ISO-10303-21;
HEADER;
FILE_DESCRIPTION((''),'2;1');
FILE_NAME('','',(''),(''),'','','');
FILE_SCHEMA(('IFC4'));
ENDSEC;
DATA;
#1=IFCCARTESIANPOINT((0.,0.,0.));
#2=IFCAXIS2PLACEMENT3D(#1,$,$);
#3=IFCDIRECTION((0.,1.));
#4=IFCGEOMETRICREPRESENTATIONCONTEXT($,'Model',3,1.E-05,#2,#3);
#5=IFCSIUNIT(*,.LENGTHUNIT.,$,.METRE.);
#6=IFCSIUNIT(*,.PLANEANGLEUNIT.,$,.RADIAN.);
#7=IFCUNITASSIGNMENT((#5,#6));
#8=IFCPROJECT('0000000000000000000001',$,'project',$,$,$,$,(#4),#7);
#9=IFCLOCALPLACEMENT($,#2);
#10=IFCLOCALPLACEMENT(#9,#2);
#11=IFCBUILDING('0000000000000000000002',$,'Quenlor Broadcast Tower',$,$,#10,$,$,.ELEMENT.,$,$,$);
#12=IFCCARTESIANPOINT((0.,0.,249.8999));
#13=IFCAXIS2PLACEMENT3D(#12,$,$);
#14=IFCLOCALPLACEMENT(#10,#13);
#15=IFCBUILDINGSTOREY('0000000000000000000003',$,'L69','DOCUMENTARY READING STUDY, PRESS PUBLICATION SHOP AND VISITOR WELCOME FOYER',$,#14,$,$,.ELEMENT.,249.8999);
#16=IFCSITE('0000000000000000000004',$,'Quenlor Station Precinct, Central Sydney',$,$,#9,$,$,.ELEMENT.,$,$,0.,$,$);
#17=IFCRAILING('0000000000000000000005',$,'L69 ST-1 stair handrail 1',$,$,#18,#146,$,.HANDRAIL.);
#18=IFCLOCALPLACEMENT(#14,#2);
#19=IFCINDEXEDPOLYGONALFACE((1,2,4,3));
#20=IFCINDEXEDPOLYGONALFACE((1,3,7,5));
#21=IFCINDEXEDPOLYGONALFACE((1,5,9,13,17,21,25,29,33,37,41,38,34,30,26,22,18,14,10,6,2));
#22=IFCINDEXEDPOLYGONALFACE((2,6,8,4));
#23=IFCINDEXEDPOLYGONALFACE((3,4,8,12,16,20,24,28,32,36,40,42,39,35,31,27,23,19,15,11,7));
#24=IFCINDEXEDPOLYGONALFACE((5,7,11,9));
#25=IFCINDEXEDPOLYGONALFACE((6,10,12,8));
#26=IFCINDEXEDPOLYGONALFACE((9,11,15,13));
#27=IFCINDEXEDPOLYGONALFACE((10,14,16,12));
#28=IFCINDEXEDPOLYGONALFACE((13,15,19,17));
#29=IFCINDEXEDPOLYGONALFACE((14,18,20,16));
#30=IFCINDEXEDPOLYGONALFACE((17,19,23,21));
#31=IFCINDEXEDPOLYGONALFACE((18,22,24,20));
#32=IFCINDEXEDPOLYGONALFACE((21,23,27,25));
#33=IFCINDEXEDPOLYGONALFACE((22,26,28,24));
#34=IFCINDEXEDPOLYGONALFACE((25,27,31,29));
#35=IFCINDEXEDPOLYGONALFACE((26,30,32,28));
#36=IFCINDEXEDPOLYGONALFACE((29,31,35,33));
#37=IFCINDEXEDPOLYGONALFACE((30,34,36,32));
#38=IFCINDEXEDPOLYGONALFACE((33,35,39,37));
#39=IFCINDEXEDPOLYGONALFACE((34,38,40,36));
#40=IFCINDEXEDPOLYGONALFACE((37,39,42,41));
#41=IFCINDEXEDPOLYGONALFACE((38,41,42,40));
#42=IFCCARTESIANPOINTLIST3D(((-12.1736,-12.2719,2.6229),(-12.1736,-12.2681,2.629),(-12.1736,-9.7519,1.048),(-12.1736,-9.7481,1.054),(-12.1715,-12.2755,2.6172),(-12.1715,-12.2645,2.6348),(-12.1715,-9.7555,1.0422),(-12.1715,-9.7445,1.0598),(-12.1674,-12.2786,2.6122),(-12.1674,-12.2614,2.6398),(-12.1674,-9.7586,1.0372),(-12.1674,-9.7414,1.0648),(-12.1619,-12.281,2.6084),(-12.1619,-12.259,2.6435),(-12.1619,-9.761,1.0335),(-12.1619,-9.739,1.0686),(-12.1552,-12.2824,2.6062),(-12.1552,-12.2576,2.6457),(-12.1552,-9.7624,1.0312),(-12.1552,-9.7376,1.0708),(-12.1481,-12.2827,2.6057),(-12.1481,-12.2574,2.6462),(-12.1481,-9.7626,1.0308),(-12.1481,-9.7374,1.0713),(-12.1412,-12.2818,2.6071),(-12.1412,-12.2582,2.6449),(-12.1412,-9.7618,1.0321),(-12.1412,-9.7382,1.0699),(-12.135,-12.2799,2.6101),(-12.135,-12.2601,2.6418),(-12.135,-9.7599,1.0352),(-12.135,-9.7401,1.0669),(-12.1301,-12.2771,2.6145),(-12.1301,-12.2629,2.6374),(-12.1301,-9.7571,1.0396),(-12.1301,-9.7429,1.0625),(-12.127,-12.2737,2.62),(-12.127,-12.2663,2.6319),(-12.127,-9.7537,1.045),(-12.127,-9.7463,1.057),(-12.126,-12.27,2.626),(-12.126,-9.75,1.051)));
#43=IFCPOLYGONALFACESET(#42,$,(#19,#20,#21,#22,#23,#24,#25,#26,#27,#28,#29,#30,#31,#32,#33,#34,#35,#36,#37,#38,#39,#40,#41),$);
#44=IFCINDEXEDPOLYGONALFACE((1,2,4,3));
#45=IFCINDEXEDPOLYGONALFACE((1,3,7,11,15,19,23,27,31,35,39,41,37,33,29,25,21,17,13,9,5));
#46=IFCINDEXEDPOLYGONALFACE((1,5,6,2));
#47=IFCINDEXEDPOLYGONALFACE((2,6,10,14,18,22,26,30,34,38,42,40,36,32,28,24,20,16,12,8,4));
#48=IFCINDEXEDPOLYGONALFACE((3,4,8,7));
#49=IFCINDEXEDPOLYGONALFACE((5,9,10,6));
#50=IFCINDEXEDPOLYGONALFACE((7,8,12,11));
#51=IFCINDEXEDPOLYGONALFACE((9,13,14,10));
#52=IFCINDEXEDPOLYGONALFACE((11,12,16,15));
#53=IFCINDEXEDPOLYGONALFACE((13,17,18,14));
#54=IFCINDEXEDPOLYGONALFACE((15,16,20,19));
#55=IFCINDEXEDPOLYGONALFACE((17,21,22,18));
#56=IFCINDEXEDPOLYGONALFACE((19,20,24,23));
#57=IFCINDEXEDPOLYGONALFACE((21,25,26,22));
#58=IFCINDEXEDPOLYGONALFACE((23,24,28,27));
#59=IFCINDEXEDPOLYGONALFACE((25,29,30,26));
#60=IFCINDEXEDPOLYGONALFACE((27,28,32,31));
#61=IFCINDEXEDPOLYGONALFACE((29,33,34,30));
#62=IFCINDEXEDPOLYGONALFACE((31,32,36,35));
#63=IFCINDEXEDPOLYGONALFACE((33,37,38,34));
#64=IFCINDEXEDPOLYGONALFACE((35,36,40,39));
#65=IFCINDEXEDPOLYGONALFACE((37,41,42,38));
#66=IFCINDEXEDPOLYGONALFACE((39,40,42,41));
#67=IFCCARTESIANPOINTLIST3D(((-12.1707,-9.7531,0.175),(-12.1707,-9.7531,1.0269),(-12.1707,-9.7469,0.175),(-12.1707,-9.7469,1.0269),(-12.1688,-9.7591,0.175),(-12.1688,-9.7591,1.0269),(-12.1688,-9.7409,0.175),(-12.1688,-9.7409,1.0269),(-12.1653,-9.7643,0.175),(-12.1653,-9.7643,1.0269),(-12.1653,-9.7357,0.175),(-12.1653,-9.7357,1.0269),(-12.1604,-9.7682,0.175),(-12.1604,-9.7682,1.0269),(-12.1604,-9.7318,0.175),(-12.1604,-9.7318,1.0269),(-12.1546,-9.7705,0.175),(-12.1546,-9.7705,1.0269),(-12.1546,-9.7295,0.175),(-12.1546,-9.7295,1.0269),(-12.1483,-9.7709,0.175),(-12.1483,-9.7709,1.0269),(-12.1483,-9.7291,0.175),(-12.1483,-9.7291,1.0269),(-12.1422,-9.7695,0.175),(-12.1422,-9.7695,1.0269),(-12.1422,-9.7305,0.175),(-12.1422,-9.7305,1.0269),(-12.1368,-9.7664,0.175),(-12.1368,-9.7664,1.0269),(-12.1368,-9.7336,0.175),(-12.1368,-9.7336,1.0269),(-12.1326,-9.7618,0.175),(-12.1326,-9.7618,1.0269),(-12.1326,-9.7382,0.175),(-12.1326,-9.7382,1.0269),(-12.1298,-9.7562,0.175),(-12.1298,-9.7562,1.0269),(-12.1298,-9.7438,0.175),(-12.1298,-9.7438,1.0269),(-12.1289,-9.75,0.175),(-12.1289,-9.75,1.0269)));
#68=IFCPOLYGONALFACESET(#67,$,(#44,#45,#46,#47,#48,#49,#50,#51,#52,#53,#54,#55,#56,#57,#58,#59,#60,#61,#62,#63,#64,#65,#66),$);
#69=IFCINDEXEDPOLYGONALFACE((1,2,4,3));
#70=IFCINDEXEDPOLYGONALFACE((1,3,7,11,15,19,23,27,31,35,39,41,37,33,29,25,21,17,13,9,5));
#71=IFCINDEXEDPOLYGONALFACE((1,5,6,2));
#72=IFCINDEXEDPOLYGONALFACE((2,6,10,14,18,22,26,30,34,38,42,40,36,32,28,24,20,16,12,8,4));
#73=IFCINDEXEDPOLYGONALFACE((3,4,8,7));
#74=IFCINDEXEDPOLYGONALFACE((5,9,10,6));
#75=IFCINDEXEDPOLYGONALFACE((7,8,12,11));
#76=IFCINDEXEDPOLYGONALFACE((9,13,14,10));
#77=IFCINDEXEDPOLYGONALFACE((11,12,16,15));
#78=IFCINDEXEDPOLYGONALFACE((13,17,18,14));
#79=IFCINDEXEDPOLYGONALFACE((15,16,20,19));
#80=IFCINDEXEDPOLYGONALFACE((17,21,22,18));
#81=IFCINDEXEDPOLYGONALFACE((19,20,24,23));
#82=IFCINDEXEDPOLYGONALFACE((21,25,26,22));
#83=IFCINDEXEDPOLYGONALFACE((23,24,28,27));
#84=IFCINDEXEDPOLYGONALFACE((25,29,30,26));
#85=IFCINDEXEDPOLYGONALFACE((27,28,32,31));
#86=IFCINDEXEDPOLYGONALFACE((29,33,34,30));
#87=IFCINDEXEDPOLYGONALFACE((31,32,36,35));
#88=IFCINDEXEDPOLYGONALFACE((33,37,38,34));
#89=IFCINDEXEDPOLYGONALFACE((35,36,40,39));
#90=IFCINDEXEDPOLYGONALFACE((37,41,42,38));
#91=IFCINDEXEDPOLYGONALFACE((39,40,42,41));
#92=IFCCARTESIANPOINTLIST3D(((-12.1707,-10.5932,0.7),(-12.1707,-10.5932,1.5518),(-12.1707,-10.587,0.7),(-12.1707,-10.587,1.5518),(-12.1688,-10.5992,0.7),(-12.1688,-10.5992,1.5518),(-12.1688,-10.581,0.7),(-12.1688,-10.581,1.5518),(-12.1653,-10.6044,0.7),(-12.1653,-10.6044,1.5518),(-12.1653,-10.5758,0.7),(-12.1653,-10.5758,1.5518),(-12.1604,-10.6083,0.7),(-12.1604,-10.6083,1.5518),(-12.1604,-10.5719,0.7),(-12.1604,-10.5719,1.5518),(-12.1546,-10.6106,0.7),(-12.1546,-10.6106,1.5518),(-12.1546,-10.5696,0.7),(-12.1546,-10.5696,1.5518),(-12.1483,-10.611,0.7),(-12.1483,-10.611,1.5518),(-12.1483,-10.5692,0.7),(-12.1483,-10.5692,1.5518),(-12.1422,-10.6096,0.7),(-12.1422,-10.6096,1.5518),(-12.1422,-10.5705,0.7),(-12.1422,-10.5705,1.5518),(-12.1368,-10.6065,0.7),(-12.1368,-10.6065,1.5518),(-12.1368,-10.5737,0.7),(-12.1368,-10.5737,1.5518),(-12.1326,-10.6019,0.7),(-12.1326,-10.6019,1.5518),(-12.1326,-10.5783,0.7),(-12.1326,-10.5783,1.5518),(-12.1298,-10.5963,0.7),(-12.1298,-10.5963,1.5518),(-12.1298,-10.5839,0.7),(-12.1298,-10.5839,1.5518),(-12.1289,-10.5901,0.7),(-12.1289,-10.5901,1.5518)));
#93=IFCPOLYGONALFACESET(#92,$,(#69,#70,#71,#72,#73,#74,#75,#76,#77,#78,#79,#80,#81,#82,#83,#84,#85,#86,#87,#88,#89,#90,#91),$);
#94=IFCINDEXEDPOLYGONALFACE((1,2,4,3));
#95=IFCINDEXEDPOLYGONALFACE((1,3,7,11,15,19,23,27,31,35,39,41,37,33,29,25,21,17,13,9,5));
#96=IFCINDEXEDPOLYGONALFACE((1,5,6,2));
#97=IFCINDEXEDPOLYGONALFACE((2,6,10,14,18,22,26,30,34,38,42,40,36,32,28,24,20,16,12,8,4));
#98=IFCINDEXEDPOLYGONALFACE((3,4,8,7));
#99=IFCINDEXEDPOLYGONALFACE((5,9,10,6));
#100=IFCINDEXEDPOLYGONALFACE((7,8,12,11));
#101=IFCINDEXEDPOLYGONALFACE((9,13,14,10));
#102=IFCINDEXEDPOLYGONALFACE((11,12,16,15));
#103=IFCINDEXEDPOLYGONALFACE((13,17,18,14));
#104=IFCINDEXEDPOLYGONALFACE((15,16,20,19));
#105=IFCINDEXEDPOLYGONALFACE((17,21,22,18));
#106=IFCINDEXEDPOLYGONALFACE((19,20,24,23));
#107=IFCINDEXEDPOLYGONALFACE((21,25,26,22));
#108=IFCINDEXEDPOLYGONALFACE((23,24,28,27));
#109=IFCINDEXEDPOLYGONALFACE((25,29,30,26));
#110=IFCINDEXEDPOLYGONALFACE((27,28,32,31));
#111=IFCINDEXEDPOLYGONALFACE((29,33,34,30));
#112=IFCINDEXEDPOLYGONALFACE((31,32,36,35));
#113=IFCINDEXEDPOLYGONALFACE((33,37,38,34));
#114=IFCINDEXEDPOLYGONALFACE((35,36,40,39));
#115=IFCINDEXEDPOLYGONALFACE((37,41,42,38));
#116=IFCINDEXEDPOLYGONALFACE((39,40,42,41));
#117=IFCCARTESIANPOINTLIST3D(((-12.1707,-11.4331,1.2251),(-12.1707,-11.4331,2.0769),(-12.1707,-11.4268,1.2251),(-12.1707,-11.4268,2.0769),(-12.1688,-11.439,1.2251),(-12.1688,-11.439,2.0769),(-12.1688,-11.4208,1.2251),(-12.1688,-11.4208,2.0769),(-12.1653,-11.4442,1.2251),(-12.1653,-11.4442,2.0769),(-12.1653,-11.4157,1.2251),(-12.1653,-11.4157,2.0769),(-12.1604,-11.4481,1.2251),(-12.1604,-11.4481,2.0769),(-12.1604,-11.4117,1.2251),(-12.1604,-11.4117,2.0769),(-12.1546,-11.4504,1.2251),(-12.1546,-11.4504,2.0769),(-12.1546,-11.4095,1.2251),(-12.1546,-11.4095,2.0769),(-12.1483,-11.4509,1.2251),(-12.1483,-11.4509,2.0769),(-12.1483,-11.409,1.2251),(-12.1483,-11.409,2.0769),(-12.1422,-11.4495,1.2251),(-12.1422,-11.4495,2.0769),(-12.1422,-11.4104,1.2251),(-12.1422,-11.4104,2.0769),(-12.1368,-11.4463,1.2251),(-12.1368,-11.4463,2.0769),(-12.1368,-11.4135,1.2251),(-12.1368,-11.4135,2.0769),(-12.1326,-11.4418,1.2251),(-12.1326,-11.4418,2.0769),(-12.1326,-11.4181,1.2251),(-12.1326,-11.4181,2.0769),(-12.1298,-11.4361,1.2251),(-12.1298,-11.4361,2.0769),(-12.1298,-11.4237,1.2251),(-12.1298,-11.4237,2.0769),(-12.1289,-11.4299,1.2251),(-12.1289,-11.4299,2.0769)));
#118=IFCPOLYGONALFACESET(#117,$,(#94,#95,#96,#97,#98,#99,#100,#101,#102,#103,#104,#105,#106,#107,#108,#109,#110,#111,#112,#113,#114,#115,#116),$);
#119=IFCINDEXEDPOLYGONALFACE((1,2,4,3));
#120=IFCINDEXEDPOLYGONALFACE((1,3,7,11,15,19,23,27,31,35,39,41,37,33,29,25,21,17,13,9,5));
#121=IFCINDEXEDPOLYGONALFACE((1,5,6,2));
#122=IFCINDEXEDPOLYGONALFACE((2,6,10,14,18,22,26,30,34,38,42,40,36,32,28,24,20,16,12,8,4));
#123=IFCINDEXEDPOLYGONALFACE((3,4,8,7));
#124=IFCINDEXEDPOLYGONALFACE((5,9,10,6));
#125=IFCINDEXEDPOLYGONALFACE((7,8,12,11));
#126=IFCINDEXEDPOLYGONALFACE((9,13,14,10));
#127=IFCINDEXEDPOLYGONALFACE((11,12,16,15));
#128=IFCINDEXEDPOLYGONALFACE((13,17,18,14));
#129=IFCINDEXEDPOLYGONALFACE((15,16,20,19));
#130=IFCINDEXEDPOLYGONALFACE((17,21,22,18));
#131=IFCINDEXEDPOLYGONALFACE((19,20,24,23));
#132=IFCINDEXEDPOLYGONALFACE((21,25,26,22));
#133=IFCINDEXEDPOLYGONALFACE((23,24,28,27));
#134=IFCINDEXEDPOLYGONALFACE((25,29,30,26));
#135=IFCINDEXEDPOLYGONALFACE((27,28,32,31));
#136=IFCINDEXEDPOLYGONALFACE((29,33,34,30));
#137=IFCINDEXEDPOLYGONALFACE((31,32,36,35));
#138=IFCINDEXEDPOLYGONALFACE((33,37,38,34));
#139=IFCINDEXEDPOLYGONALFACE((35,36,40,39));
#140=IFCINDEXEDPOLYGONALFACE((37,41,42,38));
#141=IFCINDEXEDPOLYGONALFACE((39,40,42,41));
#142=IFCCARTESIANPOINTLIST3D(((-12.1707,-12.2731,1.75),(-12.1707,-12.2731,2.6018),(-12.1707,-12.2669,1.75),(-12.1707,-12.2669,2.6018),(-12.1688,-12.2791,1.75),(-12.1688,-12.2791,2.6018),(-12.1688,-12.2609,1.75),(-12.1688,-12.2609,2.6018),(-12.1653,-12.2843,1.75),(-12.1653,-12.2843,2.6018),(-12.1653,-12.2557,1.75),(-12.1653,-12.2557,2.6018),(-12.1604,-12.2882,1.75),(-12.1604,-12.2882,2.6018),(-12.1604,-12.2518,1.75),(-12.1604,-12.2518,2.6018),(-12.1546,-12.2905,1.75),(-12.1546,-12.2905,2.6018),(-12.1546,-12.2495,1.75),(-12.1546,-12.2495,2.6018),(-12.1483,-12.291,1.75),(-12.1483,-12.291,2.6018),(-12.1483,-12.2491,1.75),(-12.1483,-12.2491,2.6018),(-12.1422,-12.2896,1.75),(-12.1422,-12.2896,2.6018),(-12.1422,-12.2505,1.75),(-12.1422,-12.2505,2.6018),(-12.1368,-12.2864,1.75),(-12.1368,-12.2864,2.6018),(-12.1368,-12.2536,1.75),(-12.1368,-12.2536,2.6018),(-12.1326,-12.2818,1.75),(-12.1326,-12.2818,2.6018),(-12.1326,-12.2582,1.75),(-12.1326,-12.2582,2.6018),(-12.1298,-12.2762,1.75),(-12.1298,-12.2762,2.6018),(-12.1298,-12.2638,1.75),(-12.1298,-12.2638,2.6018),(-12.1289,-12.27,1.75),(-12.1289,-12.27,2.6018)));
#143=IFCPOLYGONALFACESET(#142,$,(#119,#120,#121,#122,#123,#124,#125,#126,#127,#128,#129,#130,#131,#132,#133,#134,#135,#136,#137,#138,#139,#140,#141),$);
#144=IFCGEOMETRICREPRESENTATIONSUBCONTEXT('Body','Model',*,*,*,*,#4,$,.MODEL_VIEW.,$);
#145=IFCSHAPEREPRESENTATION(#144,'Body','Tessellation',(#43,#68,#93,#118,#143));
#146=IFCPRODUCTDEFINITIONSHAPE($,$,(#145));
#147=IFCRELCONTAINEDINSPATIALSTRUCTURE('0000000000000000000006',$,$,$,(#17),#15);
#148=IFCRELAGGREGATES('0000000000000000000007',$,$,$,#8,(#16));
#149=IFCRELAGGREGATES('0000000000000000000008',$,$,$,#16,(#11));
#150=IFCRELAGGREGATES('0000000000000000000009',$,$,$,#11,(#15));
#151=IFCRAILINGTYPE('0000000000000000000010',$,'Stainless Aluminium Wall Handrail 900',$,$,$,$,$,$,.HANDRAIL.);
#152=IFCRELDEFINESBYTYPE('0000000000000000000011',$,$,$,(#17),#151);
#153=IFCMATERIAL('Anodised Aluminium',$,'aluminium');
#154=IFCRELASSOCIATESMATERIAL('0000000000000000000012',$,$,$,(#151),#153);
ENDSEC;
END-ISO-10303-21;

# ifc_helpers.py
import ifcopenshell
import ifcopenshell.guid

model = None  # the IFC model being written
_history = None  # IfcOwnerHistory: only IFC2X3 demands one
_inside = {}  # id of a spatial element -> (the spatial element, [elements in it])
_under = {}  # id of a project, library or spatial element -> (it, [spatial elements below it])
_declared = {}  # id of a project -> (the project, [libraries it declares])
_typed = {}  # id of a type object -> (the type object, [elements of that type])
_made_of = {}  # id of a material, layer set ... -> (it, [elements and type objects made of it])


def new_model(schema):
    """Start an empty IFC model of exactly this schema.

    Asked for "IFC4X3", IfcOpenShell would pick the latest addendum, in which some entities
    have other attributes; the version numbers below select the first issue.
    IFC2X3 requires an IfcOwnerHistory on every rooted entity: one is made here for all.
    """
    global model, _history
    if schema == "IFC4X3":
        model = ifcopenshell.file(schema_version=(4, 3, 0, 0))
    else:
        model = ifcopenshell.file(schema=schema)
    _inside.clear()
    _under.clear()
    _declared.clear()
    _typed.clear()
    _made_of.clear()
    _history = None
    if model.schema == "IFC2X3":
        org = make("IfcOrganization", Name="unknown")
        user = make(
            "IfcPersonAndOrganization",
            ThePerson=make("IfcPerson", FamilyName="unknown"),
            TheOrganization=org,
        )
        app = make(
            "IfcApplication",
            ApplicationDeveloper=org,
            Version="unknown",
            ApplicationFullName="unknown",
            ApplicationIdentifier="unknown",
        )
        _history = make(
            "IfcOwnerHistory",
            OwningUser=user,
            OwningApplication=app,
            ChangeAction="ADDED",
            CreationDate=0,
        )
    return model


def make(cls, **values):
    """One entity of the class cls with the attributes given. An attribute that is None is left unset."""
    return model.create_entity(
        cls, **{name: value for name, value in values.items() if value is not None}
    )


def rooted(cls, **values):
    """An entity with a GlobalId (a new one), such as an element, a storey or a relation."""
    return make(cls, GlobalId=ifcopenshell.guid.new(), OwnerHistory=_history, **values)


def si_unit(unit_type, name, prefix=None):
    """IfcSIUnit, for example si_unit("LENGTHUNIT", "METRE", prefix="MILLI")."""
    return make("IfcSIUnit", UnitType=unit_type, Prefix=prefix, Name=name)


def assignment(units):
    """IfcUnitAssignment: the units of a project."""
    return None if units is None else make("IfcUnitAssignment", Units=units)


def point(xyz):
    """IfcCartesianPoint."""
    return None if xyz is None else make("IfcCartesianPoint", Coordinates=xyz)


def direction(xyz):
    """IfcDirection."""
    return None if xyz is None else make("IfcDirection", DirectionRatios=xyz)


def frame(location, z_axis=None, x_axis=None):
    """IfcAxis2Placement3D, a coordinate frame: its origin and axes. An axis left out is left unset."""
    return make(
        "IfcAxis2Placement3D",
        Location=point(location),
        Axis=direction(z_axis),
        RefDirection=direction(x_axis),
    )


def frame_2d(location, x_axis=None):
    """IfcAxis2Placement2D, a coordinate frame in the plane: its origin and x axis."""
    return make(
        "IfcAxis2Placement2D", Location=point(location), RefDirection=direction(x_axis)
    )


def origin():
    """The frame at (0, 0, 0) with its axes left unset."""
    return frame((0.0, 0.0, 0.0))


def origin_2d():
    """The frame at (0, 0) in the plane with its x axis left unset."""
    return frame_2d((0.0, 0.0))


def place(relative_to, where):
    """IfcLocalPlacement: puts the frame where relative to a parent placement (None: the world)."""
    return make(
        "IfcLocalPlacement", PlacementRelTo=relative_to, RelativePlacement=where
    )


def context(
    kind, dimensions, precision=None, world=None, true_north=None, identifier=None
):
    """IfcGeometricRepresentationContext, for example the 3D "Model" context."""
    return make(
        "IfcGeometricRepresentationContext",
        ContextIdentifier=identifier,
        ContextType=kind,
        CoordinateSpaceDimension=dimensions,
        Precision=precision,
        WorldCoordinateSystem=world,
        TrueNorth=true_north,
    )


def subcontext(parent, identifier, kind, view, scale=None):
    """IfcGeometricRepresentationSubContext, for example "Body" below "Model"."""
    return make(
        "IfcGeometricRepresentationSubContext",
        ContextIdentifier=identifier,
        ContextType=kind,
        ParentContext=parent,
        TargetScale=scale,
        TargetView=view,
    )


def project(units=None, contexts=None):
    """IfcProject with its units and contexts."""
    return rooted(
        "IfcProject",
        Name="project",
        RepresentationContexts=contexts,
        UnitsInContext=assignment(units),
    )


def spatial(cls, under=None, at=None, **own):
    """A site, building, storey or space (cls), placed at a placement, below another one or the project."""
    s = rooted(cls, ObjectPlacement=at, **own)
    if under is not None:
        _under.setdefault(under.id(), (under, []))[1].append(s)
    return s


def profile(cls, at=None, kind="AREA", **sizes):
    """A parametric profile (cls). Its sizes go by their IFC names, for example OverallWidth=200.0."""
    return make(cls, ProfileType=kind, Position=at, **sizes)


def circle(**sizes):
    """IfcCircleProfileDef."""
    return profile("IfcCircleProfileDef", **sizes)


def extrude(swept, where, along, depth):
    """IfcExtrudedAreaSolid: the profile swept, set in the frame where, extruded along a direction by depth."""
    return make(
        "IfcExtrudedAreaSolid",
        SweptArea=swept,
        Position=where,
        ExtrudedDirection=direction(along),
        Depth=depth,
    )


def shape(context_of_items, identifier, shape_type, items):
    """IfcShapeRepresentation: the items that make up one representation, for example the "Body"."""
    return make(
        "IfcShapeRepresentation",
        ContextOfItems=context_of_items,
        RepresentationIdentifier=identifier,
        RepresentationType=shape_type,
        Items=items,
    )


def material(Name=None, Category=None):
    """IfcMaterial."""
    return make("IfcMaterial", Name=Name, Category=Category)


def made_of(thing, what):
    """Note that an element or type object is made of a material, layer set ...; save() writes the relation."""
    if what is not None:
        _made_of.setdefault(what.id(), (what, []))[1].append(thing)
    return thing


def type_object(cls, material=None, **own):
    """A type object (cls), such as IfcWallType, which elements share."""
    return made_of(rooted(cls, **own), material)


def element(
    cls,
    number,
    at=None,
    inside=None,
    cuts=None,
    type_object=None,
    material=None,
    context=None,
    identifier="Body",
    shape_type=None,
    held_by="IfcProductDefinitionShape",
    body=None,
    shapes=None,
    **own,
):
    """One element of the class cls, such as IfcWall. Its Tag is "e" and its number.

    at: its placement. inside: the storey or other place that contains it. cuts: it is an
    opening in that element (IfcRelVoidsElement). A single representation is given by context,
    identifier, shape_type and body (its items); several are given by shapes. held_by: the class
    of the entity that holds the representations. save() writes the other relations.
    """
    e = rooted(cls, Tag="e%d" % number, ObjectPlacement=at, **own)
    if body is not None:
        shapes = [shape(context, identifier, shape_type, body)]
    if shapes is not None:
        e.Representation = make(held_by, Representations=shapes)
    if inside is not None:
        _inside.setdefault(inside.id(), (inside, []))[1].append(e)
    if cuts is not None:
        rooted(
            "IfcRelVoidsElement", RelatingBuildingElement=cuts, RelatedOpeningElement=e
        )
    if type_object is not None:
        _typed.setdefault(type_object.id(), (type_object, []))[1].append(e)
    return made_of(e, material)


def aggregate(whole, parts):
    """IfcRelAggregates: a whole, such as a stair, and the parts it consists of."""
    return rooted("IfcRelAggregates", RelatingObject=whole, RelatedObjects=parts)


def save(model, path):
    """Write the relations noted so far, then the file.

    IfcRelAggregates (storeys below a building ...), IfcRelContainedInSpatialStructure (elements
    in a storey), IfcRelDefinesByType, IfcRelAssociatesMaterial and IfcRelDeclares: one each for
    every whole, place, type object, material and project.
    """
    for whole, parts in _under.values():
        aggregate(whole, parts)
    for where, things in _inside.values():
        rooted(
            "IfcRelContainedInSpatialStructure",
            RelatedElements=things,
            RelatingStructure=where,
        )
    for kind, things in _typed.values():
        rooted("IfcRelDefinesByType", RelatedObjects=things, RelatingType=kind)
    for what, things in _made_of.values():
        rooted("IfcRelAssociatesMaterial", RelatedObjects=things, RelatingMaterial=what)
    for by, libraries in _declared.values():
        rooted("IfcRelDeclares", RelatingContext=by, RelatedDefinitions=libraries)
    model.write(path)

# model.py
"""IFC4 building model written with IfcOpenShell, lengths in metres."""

from ifc_helpers import new_model, si_unit, direction, frame, origin, origin_2d, place, context, subcontext, project, spatial, circle, extrude, material, type_object, element, save


model = new_model("IFC4")

# Units and contexts
model_context = context("Model", 3, precision=1e-05, world=origin(), true_north=direction((0.0, 1.0)))
body_context = subcontext(model_context, "Body", "Model", "MODEL_VIEW")
ifc_project = project(units=[si_unit("LENGTHUNIT", "METRE"), si_unit("PLANEANGLEUNIT", "RADIAN")], contexts=[model_context])

# Site, building, storey
site_placement = place(None, origin())
site = spatial("IfcSite", under=ifc_project, at=site_placement, Name="Quenlor Station Precinct, Central Sydney", CompositionType="ELEMENT", RefElevation=0.0)
building_placement = place(site_placement, origin())
building = spatial("IfcBuilding", under=site, at=building_placement, Name="Quenlor Broadcast Tower", CompositionType="ELEMENT")
storey_placement = place(building_placement, frame((0.0, 0.0, 249.8999)))
storey = spatial("IfcBuildingStorey", under=building, at=storey_placement, Name="L69", Description="DOCUMENTARY READING STUDY, PRESS PUBLICATION SHOP AND VISITOR WELCOME FOYER", CompositionType="ELEMENT", Elevation=249.8999)

# Railing
ifc_material_1 = material(Name="Anodised Aluminium", Category="aluminium")
railing_type = type_object("IfcRailingType", Name="Stainless Aluminium Wall Handrail 900", PredefinedType="HANDRAIL", material=ifc_material_1)
railing_placement = place(storey_placement, frame((-12.1499, -9.75, 0.175)))
element("IfcRailing", 1, at=railing_placement, inside=storey, type_object=railing_type, Name="L69 ST-1 stair handrail 1", PredefinedType="HANDRAIL", context=body_context, shape_type="SweptSolid", body=[
    extrude(circle(Radius=0.0239, at=origin_2d()), frame((0.0, 0.0, 0.876), z_axis=(0.0, -0.848008, 0.529984), x_axis=(1.0, 0.0, 0.0)), (0.0, 0.0, 1.0), 2.9717),
    extrude(circle(Radius=0.021, at=origin_2d()), origin(), (0.0, 0.0, 1.0), 0.8518),
    extrude(circle(Radius=0.021, at=origin_2d()), frame((0.0, -0.8401, 0.5249)), (0.0, 0.0, 1.0), 0.8518),
    extrude(circle(Radius=0.021, at=origin_2d()), frame((0.0, -1.6799, 1.05)), (0.0, 0.0, 1.0), 0.8518),
    extrude(circle(Radius=0.021, at=origin_2d()), frame((0.0, -2.52, 1.575)), (0.0, 0.0, 1.0), 0.8518),
])

save(model, "model.ifc")
